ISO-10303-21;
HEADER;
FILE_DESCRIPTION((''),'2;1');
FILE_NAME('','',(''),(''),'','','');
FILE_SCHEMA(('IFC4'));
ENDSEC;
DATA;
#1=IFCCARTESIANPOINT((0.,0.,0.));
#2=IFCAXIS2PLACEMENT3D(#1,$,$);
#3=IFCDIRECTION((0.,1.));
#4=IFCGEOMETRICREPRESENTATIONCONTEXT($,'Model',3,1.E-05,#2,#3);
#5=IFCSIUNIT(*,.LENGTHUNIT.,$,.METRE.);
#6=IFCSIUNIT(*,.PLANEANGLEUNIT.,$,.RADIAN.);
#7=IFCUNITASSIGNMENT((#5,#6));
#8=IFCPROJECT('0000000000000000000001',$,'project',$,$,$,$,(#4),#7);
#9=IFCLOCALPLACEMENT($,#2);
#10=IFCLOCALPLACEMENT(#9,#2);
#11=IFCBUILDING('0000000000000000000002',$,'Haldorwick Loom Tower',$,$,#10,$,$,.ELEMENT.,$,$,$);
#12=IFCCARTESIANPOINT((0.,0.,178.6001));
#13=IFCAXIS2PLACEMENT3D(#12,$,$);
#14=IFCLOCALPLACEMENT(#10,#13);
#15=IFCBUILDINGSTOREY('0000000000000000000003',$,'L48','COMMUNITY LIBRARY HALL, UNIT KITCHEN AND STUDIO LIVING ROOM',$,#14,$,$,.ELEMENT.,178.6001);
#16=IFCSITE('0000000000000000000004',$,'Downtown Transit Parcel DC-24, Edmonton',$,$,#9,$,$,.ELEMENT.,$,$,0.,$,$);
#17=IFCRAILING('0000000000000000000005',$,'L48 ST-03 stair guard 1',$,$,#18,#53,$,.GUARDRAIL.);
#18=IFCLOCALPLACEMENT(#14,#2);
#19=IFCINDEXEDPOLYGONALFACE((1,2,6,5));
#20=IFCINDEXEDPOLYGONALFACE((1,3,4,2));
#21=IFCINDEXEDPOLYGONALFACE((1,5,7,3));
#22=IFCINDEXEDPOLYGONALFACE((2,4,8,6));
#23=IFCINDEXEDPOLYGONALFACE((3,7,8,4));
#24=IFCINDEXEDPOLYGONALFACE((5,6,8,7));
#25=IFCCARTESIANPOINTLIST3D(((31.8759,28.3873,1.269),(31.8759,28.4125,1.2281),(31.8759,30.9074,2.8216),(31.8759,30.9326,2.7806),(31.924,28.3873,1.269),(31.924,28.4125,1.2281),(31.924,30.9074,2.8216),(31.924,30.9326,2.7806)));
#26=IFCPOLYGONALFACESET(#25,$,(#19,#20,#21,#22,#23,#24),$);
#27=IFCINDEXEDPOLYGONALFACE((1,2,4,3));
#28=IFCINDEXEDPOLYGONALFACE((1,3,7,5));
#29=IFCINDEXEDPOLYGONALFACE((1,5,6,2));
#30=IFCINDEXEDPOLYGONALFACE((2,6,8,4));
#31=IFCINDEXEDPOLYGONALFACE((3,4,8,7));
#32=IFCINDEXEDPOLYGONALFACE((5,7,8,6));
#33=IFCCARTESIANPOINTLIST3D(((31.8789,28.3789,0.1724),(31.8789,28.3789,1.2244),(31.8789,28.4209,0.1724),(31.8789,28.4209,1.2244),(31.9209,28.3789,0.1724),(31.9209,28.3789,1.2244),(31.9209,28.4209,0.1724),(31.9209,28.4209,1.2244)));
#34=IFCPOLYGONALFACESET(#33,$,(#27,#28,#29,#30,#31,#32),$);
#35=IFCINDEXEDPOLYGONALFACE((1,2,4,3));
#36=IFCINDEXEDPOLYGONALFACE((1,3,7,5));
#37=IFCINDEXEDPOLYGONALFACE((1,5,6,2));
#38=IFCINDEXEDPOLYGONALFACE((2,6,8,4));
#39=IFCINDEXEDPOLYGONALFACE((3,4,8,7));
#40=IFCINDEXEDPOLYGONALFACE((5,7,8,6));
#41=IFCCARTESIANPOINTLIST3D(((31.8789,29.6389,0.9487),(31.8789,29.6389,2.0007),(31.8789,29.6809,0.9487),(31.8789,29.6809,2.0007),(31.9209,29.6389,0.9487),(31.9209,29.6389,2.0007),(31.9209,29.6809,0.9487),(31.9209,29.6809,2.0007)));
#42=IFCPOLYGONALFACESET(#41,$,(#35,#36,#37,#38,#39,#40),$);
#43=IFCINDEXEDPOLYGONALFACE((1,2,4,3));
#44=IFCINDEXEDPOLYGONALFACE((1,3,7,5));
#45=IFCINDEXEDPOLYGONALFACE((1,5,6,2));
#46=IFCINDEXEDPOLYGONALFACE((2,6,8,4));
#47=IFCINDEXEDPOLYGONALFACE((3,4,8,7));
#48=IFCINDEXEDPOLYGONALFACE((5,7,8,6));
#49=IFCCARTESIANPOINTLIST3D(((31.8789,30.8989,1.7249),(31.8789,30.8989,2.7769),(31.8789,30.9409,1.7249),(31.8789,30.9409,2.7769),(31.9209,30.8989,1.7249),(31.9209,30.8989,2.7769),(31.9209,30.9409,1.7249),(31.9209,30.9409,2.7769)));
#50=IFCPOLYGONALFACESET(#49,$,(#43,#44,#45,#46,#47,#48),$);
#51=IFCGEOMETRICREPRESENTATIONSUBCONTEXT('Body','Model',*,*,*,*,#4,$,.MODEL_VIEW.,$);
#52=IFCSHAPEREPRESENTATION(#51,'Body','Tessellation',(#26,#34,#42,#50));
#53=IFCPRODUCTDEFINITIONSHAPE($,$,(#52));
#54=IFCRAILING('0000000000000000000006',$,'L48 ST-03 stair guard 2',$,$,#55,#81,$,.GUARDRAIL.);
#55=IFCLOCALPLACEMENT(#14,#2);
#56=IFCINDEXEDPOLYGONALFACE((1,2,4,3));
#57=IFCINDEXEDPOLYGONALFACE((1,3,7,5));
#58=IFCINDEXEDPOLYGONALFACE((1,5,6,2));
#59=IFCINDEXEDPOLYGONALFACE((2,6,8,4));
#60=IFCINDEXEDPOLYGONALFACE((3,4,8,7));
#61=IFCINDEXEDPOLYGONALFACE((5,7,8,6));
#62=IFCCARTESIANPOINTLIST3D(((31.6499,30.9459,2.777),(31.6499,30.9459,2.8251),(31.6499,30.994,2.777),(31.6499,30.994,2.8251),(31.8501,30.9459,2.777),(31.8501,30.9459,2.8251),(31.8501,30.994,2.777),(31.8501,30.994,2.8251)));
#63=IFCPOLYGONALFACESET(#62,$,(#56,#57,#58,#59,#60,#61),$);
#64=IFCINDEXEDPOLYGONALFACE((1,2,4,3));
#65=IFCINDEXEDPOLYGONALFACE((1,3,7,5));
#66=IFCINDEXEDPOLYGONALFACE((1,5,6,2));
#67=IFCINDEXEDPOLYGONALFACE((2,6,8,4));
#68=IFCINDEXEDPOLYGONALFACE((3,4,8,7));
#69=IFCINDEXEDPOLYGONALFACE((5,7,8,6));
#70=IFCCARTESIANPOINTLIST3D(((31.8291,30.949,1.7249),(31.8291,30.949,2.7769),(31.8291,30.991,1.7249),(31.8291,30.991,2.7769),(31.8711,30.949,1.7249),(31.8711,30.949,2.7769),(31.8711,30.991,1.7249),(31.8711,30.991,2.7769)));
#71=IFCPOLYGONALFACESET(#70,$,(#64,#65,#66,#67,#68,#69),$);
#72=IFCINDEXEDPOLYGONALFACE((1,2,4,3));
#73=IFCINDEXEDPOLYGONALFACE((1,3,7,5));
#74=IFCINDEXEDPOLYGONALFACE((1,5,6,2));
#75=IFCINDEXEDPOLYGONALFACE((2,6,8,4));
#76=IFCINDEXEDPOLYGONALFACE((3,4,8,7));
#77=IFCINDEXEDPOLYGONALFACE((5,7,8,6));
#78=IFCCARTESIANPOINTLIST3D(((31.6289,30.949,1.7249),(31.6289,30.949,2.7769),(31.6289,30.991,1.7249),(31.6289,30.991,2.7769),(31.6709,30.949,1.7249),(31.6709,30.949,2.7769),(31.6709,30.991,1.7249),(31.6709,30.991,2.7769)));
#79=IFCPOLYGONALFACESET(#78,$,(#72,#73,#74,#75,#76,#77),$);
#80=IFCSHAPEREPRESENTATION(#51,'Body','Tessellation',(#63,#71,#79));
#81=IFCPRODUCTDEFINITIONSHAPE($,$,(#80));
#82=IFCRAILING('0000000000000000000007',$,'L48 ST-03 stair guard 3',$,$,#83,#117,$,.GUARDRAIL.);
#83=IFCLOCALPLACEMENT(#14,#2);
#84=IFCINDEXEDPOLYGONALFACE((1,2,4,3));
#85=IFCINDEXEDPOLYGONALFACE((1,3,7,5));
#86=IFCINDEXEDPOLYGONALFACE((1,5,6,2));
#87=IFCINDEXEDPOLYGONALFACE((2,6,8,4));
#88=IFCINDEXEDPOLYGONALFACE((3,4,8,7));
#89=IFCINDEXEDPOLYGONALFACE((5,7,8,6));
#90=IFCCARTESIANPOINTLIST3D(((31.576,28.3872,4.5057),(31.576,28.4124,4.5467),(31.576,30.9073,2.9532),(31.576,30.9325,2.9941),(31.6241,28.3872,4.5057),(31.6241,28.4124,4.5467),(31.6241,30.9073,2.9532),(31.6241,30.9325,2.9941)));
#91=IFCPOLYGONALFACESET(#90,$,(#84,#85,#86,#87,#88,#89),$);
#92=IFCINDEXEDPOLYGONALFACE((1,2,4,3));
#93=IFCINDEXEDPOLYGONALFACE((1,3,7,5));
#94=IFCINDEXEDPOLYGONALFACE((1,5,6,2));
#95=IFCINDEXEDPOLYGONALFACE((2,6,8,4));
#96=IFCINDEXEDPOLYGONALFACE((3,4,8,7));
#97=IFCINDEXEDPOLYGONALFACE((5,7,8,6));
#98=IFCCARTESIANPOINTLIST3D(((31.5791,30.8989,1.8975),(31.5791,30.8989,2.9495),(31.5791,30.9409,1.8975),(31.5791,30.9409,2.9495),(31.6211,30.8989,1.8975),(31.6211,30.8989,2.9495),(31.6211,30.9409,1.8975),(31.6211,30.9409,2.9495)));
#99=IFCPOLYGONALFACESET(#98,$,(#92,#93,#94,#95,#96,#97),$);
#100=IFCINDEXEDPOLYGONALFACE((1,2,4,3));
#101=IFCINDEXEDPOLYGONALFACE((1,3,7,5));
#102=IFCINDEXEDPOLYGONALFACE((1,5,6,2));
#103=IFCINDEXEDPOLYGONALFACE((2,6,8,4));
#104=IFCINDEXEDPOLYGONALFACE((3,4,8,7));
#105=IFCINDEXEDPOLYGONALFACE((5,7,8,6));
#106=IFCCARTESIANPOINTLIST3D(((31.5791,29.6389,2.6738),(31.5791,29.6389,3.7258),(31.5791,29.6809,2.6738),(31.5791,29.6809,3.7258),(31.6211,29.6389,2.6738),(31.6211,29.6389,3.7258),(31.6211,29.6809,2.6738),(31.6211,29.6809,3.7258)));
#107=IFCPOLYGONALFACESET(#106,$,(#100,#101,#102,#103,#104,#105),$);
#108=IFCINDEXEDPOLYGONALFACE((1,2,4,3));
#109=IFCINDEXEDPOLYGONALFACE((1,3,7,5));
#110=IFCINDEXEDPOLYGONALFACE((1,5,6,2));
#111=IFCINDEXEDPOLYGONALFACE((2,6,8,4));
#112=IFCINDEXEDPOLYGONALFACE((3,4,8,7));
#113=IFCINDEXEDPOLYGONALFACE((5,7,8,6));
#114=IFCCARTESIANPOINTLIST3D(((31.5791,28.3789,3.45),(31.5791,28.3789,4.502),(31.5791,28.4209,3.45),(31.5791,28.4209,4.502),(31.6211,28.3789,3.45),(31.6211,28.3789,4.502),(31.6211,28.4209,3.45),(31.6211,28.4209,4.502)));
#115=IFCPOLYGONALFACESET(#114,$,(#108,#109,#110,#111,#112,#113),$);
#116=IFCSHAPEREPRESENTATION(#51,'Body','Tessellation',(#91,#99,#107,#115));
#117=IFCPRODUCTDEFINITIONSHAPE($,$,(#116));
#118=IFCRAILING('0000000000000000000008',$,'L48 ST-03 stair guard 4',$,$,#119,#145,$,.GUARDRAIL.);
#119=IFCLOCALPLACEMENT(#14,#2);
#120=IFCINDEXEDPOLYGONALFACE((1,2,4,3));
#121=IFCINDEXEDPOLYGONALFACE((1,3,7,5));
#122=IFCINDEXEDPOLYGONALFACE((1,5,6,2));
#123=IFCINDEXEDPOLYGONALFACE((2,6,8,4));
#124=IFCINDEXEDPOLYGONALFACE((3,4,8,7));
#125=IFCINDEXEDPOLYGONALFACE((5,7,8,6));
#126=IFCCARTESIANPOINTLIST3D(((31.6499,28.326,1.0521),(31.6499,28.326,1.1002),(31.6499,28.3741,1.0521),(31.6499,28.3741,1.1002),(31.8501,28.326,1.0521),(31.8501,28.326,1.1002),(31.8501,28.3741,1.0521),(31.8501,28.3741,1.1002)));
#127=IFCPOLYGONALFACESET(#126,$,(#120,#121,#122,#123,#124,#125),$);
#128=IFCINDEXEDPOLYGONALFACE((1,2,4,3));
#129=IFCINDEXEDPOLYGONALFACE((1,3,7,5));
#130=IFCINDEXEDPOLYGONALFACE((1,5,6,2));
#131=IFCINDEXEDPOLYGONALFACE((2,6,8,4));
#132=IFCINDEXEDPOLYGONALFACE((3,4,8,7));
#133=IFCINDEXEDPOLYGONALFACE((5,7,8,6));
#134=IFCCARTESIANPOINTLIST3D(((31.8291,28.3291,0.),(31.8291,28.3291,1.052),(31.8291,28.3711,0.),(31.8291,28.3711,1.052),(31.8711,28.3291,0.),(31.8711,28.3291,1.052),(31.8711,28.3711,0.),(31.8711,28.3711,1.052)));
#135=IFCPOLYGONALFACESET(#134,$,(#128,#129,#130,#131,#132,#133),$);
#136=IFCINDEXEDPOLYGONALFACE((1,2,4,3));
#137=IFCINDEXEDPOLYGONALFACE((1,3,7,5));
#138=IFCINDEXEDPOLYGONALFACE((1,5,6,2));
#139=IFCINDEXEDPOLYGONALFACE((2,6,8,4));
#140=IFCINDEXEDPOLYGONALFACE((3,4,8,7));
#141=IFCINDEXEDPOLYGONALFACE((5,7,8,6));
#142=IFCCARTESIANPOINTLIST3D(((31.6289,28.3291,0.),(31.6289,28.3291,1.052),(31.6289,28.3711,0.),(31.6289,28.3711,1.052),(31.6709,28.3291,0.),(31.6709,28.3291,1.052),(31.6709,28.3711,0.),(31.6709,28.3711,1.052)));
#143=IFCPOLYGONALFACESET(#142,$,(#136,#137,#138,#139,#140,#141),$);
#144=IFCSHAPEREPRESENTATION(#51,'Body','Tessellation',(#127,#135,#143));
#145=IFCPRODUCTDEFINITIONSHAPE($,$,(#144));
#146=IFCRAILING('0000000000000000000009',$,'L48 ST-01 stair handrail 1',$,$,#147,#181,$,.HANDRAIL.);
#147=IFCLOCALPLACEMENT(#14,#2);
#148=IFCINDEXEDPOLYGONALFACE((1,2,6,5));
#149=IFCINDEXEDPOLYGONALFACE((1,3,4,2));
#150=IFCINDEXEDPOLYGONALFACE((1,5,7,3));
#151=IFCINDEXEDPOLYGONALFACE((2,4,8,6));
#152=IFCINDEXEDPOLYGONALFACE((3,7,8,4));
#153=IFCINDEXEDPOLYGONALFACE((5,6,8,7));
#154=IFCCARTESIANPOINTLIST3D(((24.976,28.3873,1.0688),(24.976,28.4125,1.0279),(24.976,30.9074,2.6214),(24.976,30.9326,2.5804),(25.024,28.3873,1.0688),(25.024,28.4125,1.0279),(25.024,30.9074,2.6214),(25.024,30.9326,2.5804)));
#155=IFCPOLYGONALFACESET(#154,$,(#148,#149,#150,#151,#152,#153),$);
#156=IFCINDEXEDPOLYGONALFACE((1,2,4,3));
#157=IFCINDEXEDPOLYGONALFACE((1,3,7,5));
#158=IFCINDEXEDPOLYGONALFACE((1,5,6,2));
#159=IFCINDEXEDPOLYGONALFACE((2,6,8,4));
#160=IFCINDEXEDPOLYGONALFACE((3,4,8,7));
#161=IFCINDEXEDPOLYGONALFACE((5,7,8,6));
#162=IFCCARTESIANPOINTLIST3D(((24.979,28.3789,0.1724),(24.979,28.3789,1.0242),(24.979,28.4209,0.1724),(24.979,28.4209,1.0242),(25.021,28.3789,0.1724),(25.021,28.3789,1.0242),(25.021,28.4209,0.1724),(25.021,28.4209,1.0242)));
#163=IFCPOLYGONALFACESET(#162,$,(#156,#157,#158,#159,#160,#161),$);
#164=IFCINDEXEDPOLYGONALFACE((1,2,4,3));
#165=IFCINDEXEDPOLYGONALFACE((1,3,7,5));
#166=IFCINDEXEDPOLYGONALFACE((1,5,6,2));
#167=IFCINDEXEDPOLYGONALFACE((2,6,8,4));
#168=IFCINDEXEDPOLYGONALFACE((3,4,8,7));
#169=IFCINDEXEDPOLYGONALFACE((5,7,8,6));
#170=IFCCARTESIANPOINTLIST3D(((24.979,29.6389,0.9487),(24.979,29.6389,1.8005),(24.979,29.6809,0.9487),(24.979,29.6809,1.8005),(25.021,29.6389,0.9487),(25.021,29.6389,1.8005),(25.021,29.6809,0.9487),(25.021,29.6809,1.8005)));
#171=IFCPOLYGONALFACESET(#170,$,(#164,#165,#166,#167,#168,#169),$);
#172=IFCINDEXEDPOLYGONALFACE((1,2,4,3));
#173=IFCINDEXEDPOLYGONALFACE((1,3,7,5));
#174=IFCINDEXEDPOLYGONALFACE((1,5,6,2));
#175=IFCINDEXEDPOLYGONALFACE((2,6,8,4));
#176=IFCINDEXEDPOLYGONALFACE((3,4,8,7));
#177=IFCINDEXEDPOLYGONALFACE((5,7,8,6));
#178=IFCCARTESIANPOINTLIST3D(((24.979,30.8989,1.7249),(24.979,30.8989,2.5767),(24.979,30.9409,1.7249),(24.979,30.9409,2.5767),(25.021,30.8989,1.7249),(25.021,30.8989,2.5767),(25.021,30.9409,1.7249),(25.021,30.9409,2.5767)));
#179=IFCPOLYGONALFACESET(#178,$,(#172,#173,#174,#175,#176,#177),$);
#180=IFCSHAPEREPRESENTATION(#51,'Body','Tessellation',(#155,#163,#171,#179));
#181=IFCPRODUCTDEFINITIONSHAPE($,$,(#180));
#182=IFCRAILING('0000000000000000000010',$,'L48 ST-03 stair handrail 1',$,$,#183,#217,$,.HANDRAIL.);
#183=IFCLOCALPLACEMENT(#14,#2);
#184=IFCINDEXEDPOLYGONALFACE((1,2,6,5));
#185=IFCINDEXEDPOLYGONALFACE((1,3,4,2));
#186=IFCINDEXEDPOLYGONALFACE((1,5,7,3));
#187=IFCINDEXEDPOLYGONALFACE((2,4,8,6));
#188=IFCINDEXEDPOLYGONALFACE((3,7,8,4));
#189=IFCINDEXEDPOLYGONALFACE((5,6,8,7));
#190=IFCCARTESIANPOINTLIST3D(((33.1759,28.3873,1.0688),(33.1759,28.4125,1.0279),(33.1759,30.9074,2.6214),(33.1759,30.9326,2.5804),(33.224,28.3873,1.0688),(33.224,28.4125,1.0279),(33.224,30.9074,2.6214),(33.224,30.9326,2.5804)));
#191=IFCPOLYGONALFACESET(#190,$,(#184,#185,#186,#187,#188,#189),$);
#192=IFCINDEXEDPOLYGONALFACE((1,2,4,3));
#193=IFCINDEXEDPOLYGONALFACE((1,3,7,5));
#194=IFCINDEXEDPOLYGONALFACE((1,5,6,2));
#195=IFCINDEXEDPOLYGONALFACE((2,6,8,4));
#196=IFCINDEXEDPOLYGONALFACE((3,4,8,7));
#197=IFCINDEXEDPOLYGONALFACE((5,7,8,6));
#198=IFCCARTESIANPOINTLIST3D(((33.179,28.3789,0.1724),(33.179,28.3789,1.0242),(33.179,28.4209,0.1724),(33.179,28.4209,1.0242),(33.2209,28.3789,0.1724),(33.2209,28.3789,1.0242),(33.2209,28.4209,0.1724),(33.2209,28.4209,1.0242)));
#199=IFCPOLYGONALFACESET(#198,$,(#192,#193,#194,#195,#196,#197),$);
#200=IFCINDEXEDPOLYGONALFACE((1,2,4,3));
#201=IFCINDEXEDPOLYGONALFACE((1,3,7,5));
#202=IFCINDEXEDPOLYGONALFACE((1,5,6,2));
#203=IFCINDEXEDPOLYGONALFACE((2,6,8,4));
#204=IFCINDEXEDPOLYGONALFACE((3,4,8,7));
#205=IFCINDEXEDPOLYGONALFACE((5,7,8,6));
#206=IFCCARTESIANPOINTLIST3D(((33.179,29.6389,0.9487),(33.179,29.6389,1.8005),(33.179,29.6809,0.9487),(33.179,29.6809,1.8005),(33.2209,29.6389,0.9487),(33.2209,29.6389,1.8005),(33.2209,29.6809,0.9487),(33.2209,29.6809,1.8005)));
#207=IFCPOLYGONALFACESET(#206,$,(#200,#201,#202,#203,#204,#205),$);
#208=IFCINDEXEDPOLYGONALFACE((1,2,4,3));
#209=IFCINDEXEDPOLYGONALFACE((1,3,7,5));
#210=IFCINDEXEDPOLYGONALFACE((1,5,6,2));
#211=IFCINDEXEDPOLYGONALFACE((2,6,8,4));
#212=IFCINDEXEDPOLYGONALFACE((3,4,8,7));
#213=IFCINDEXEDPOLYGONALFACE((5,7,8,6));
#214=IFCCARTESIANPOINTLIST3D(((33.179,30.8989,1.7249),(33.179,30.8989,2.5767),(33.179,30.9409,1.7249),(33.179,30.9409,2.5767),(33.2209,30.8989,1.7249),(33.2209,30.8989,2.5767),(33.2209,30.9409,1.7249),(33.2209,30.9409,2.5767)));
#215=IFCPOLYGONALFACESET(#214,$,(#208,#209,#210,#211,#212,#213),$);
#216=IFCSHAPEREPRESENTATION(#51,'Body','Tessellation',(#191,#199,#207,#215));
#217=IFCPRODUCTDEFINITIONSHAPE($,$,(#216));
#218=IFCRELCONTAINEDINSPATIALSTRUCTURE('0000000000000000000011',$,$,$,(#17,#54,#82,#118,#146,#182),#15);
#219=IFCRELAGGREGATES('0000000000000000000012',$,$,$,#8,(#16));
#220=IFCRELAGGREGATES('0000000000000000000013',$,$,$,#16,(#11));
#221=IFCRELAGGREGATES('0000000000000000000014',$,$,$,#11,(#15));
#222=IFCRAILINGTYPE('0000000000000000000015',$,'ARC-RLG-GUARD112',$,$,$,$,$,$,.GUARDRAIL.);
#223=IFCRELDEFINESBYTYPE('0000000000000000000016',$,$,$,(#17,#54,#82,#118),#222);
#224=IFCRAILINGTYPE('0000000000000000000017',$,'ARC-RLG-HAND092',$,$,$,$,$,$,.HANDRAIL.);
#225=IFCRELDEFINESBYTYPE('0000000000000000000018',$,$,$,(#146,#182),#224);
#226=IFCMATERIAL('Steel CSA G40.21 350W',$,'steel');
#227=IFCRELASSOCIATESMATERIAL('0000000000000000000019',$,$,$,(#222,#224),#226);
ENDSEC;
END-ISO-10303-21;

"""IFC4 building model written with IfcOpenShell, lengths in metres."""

from ifc_helpers import new_model, si_unit, direction, frame, origin, origin_2d, place, context, subcontext, project, spatial, rectangle, extrude, material, type_object, element, save


model = new_model("IFC4")

# Units and contexts
model_context = context("Model", 3, precision=1e-05, world=origin(), true_north=direction((0.0, 1.0)))
body_context = subcontext(model_context, "Body", "Model", "MODEL_VIEW")
ifc_project = project(units=[si_unit("LENGTHUNIT", "METRE"), si_unit("PLANEANGLEUNIT", "RADIAN")], contexts=[model_context])

# Site, building, storey
site_placement = place(None, origin())
site = spatial("IfcSite", under=ifc_project, at=site_placement, Name="Downtown Transit Parcel DC-24, Edmonton", CompositionType="ELEMENT", RefElevation=0.0)
building_placement = place(site_placement, origin())
building = spatial("IfcBuilding", under=site, at=building_placement, Name="Haldorwick Loom Tower", CompositionType="ELEMENT")
storey_placement = place(building_placement, frame((0.0, 0.0, 178.6001)))
storey = spatial("IfcBuildingStorey", under=building, at=storey_placement, Name="L48", Description="COMMUNITY LIBRARY HALL, UNIT KITCHEN AND STUDIO LIVING ROOM", CompositionType="ELEMENT", Elevation=178.6001)

# Shared definitions
ifc_material_1 = material(Name="Steel CSA G40.21 350W", Category="steel")

# Railings
railing_type_1 = type_object("IfcRailingType", Name="ARC-RLG-GUARD112", PredefinedType="GUARDRAIL", material=ifc_material_1)
railing_1_placement = place(storey_placement, frame((31.8999, 28.3999, 0.1724)))
element("IfcRailing", 1, at=railing_1_placement, inside=storey, type_object=railing_type_1, Name="L48 ST-03 stair guard 1", PredefinedType="GUARDRAIL", context=body_context, shape_type="SweptSolid", body=[
    extrude(rectangle(XDim=0.0481, YDim=0.0481, at=origin_2d()), frame((0.0, 0.0, 1.0762), z_axis=(0.0, 0.8514, 0.524516), x_axis=(-1.0, 0.0, 0.0)), (0.0, 0.0, 1.0), 2.96),
    extrude(rectangle(XDim=0.042, YDim=0.042, at=origin_2d()), origin(), (0.0, 0.0, 1.0), 1.052),
    extrude(rectangle(XDim=0.042, YDim=0.042, at=origin_2d()), frame((0.0, 1.26, 0.7764)), (0.0, 0.0, 1.0), 1.052),
    extrude(rectangle(XDim=0.042, YDim=0.042, at=origin_2d()), frame((0.0, 2.52, 1.5525)), (0.0, 0.0, 1.0), 1.052),
])
railing_2_placement = place(storey_placement, frame((31.8501, 30.97, 1.7249)))
element("IfcRailing", 2, at=railing_2_placement, inside=storey, type_object=railing_type_1, Name="L48 ST-03 stair guard 2", PredefinedType="GUARDRAIL", context=body_context, shape_type="SweptSolid", body=[
    extrude(rectangle(XDim=0.0481, YDim=0.0481, at=origin_2d()), frame((0.0, 0.0, 1.0762), z_axis=(-1.0, 0.0, 0.0), x_axis=(0.0, -1.0, 0.0)), (0.0, 0.0, 1.0), 0.2002),
    extrude(rectangle(XDim=0.042, YDim=0.042, at=origin_2d()), origin(), (0.0, 0.0, 1.0), 1.052),
    extrude(rectangle(XDim=0.042, YDim=0.042, at=origin_2d()), frame((-0.2002, 0.0, 0.0)), (0.0, 0.0, 1.0), 1.052),
])
railing_3_placement = place(storey_placement, frame((31.6001, 30.9199, 1.8975)))
element("IfcRailing", 3, at=railing_3_placement, inside=storey, type_object=railing_type_1, Name="L48 ST-03 stair guard 3", PredefinedType="GUARDRAIL", context=body_context, shape_type="SweptSolid", body=[
    extrude(rectangle(XDim=0.0481, YDim=0.0481, at=origin_2d()), frame((0.0, 0.0, 1.0762), z_axis=(0.0, -0.8514, 0.524516), x_axis=(1.0, 0.0, 0.0)), (0.0, 0.0, 1.0), 2.96),
    extrude(rectangle(XDim=0.042, YDim=0.042, at=origin_2d()), origin(), (0.0, 0.0, 1.0), 1.052),
    extrude(rectangle(XDim=0.042, YDim=0.042, at=origin_2d()), frame((0.0, -1.26, 0.7764)), (0.0, 0.0, 1.0), 1.052),
    extrude(rectangle(XDim=0.042, YDim=0.042, at=origin_2d()), frame((0.0, -2.52, 1.5525)), (0.0, 0.0, 1.0), 1.052),
])
railing_4_placement = place(storey_placement, frame((31.8501, 28.3501, 0.0)))
element("IfcRailing", 4, at=railing_4_placement, inside=storey, type_object=railing_type_1, Name="L48 ST-03 stair guard 4", PredefinedType="GUARDRAIL", context=body_context, shape_type="SweptSolid", body=[
    extrude(rectangle(XDim=0.0481, YDim=0.0481, at=origin_2d()), frame((0.0, 0.0, 1.0762), z_axis=(-1.0, 0.0, 0.0), x_axis=(0.0, -1.0, 0.0)), (0.0, 0.0, 1.0), 0.2002),
    extrude(rectangle(XDim=0.042, YDim=0.042, at=origin_2d()), origin(), (0.0, 0.0, 1.0), 1.052),
    extrude(rectangle(XDim=0.042, YDim=0.042, at=origin_2d()), frame((-0.2002, 0.0, 0.0)), (0.0, 0.0, 1.0), 1.052),
])
railing_type_2 = type_object("IfcRailingType", Name="ARC-RLG-HAND092", PredefinedType="HANDRAIL", material=ifc_material_1)
for number, where, name in (
    (5, (25.0, 28.3999, 0.1724), "L48 ST-01 stair handrail 1"),
    (6, (33.2, 28.3999, 0.1724), "L48 ST-03 stair handrail 1"),
):
    element("IfcRailing", number, at=place(storey_placement, frame(where)), inside=storey, type_object=railing_type_2, Name=name, PredefinedType="HANDRAIL", context=body_context, shape_type="SweptSolid", body=[
        extrude(rectangle(XDim=0.0481, YDim=0.0481, at=origin_2d()), frame((0.0, 0.0, 0.876), z_axis=(0.0, 0.8514, 0.524516), x_axis=(-1.0, 0.0, 0.0)), (0.0, 0.0, 1.0), 2.96),
        extrude(rectangle(XDim=0.042, YDim=0.042, at=origin_2d()), origin(), (0.0, 0.0, 1.0), 0.8518),
        extrude(rectangle(XDim=0.042, YDim=0.042, at=origin_2d()), frame((0.0, 1.26, 0.7764)), (0.0, 0.0, 1.0), 0.8518),
        extrude(rectangle(XDim=0.042, YDim=0.042, at=origin_2d()), frame((0.0, 2.52, 1.5525)), (0.0, 0.0, 1.0), 0.8518),
    ])

save(model, "model.ifc")
